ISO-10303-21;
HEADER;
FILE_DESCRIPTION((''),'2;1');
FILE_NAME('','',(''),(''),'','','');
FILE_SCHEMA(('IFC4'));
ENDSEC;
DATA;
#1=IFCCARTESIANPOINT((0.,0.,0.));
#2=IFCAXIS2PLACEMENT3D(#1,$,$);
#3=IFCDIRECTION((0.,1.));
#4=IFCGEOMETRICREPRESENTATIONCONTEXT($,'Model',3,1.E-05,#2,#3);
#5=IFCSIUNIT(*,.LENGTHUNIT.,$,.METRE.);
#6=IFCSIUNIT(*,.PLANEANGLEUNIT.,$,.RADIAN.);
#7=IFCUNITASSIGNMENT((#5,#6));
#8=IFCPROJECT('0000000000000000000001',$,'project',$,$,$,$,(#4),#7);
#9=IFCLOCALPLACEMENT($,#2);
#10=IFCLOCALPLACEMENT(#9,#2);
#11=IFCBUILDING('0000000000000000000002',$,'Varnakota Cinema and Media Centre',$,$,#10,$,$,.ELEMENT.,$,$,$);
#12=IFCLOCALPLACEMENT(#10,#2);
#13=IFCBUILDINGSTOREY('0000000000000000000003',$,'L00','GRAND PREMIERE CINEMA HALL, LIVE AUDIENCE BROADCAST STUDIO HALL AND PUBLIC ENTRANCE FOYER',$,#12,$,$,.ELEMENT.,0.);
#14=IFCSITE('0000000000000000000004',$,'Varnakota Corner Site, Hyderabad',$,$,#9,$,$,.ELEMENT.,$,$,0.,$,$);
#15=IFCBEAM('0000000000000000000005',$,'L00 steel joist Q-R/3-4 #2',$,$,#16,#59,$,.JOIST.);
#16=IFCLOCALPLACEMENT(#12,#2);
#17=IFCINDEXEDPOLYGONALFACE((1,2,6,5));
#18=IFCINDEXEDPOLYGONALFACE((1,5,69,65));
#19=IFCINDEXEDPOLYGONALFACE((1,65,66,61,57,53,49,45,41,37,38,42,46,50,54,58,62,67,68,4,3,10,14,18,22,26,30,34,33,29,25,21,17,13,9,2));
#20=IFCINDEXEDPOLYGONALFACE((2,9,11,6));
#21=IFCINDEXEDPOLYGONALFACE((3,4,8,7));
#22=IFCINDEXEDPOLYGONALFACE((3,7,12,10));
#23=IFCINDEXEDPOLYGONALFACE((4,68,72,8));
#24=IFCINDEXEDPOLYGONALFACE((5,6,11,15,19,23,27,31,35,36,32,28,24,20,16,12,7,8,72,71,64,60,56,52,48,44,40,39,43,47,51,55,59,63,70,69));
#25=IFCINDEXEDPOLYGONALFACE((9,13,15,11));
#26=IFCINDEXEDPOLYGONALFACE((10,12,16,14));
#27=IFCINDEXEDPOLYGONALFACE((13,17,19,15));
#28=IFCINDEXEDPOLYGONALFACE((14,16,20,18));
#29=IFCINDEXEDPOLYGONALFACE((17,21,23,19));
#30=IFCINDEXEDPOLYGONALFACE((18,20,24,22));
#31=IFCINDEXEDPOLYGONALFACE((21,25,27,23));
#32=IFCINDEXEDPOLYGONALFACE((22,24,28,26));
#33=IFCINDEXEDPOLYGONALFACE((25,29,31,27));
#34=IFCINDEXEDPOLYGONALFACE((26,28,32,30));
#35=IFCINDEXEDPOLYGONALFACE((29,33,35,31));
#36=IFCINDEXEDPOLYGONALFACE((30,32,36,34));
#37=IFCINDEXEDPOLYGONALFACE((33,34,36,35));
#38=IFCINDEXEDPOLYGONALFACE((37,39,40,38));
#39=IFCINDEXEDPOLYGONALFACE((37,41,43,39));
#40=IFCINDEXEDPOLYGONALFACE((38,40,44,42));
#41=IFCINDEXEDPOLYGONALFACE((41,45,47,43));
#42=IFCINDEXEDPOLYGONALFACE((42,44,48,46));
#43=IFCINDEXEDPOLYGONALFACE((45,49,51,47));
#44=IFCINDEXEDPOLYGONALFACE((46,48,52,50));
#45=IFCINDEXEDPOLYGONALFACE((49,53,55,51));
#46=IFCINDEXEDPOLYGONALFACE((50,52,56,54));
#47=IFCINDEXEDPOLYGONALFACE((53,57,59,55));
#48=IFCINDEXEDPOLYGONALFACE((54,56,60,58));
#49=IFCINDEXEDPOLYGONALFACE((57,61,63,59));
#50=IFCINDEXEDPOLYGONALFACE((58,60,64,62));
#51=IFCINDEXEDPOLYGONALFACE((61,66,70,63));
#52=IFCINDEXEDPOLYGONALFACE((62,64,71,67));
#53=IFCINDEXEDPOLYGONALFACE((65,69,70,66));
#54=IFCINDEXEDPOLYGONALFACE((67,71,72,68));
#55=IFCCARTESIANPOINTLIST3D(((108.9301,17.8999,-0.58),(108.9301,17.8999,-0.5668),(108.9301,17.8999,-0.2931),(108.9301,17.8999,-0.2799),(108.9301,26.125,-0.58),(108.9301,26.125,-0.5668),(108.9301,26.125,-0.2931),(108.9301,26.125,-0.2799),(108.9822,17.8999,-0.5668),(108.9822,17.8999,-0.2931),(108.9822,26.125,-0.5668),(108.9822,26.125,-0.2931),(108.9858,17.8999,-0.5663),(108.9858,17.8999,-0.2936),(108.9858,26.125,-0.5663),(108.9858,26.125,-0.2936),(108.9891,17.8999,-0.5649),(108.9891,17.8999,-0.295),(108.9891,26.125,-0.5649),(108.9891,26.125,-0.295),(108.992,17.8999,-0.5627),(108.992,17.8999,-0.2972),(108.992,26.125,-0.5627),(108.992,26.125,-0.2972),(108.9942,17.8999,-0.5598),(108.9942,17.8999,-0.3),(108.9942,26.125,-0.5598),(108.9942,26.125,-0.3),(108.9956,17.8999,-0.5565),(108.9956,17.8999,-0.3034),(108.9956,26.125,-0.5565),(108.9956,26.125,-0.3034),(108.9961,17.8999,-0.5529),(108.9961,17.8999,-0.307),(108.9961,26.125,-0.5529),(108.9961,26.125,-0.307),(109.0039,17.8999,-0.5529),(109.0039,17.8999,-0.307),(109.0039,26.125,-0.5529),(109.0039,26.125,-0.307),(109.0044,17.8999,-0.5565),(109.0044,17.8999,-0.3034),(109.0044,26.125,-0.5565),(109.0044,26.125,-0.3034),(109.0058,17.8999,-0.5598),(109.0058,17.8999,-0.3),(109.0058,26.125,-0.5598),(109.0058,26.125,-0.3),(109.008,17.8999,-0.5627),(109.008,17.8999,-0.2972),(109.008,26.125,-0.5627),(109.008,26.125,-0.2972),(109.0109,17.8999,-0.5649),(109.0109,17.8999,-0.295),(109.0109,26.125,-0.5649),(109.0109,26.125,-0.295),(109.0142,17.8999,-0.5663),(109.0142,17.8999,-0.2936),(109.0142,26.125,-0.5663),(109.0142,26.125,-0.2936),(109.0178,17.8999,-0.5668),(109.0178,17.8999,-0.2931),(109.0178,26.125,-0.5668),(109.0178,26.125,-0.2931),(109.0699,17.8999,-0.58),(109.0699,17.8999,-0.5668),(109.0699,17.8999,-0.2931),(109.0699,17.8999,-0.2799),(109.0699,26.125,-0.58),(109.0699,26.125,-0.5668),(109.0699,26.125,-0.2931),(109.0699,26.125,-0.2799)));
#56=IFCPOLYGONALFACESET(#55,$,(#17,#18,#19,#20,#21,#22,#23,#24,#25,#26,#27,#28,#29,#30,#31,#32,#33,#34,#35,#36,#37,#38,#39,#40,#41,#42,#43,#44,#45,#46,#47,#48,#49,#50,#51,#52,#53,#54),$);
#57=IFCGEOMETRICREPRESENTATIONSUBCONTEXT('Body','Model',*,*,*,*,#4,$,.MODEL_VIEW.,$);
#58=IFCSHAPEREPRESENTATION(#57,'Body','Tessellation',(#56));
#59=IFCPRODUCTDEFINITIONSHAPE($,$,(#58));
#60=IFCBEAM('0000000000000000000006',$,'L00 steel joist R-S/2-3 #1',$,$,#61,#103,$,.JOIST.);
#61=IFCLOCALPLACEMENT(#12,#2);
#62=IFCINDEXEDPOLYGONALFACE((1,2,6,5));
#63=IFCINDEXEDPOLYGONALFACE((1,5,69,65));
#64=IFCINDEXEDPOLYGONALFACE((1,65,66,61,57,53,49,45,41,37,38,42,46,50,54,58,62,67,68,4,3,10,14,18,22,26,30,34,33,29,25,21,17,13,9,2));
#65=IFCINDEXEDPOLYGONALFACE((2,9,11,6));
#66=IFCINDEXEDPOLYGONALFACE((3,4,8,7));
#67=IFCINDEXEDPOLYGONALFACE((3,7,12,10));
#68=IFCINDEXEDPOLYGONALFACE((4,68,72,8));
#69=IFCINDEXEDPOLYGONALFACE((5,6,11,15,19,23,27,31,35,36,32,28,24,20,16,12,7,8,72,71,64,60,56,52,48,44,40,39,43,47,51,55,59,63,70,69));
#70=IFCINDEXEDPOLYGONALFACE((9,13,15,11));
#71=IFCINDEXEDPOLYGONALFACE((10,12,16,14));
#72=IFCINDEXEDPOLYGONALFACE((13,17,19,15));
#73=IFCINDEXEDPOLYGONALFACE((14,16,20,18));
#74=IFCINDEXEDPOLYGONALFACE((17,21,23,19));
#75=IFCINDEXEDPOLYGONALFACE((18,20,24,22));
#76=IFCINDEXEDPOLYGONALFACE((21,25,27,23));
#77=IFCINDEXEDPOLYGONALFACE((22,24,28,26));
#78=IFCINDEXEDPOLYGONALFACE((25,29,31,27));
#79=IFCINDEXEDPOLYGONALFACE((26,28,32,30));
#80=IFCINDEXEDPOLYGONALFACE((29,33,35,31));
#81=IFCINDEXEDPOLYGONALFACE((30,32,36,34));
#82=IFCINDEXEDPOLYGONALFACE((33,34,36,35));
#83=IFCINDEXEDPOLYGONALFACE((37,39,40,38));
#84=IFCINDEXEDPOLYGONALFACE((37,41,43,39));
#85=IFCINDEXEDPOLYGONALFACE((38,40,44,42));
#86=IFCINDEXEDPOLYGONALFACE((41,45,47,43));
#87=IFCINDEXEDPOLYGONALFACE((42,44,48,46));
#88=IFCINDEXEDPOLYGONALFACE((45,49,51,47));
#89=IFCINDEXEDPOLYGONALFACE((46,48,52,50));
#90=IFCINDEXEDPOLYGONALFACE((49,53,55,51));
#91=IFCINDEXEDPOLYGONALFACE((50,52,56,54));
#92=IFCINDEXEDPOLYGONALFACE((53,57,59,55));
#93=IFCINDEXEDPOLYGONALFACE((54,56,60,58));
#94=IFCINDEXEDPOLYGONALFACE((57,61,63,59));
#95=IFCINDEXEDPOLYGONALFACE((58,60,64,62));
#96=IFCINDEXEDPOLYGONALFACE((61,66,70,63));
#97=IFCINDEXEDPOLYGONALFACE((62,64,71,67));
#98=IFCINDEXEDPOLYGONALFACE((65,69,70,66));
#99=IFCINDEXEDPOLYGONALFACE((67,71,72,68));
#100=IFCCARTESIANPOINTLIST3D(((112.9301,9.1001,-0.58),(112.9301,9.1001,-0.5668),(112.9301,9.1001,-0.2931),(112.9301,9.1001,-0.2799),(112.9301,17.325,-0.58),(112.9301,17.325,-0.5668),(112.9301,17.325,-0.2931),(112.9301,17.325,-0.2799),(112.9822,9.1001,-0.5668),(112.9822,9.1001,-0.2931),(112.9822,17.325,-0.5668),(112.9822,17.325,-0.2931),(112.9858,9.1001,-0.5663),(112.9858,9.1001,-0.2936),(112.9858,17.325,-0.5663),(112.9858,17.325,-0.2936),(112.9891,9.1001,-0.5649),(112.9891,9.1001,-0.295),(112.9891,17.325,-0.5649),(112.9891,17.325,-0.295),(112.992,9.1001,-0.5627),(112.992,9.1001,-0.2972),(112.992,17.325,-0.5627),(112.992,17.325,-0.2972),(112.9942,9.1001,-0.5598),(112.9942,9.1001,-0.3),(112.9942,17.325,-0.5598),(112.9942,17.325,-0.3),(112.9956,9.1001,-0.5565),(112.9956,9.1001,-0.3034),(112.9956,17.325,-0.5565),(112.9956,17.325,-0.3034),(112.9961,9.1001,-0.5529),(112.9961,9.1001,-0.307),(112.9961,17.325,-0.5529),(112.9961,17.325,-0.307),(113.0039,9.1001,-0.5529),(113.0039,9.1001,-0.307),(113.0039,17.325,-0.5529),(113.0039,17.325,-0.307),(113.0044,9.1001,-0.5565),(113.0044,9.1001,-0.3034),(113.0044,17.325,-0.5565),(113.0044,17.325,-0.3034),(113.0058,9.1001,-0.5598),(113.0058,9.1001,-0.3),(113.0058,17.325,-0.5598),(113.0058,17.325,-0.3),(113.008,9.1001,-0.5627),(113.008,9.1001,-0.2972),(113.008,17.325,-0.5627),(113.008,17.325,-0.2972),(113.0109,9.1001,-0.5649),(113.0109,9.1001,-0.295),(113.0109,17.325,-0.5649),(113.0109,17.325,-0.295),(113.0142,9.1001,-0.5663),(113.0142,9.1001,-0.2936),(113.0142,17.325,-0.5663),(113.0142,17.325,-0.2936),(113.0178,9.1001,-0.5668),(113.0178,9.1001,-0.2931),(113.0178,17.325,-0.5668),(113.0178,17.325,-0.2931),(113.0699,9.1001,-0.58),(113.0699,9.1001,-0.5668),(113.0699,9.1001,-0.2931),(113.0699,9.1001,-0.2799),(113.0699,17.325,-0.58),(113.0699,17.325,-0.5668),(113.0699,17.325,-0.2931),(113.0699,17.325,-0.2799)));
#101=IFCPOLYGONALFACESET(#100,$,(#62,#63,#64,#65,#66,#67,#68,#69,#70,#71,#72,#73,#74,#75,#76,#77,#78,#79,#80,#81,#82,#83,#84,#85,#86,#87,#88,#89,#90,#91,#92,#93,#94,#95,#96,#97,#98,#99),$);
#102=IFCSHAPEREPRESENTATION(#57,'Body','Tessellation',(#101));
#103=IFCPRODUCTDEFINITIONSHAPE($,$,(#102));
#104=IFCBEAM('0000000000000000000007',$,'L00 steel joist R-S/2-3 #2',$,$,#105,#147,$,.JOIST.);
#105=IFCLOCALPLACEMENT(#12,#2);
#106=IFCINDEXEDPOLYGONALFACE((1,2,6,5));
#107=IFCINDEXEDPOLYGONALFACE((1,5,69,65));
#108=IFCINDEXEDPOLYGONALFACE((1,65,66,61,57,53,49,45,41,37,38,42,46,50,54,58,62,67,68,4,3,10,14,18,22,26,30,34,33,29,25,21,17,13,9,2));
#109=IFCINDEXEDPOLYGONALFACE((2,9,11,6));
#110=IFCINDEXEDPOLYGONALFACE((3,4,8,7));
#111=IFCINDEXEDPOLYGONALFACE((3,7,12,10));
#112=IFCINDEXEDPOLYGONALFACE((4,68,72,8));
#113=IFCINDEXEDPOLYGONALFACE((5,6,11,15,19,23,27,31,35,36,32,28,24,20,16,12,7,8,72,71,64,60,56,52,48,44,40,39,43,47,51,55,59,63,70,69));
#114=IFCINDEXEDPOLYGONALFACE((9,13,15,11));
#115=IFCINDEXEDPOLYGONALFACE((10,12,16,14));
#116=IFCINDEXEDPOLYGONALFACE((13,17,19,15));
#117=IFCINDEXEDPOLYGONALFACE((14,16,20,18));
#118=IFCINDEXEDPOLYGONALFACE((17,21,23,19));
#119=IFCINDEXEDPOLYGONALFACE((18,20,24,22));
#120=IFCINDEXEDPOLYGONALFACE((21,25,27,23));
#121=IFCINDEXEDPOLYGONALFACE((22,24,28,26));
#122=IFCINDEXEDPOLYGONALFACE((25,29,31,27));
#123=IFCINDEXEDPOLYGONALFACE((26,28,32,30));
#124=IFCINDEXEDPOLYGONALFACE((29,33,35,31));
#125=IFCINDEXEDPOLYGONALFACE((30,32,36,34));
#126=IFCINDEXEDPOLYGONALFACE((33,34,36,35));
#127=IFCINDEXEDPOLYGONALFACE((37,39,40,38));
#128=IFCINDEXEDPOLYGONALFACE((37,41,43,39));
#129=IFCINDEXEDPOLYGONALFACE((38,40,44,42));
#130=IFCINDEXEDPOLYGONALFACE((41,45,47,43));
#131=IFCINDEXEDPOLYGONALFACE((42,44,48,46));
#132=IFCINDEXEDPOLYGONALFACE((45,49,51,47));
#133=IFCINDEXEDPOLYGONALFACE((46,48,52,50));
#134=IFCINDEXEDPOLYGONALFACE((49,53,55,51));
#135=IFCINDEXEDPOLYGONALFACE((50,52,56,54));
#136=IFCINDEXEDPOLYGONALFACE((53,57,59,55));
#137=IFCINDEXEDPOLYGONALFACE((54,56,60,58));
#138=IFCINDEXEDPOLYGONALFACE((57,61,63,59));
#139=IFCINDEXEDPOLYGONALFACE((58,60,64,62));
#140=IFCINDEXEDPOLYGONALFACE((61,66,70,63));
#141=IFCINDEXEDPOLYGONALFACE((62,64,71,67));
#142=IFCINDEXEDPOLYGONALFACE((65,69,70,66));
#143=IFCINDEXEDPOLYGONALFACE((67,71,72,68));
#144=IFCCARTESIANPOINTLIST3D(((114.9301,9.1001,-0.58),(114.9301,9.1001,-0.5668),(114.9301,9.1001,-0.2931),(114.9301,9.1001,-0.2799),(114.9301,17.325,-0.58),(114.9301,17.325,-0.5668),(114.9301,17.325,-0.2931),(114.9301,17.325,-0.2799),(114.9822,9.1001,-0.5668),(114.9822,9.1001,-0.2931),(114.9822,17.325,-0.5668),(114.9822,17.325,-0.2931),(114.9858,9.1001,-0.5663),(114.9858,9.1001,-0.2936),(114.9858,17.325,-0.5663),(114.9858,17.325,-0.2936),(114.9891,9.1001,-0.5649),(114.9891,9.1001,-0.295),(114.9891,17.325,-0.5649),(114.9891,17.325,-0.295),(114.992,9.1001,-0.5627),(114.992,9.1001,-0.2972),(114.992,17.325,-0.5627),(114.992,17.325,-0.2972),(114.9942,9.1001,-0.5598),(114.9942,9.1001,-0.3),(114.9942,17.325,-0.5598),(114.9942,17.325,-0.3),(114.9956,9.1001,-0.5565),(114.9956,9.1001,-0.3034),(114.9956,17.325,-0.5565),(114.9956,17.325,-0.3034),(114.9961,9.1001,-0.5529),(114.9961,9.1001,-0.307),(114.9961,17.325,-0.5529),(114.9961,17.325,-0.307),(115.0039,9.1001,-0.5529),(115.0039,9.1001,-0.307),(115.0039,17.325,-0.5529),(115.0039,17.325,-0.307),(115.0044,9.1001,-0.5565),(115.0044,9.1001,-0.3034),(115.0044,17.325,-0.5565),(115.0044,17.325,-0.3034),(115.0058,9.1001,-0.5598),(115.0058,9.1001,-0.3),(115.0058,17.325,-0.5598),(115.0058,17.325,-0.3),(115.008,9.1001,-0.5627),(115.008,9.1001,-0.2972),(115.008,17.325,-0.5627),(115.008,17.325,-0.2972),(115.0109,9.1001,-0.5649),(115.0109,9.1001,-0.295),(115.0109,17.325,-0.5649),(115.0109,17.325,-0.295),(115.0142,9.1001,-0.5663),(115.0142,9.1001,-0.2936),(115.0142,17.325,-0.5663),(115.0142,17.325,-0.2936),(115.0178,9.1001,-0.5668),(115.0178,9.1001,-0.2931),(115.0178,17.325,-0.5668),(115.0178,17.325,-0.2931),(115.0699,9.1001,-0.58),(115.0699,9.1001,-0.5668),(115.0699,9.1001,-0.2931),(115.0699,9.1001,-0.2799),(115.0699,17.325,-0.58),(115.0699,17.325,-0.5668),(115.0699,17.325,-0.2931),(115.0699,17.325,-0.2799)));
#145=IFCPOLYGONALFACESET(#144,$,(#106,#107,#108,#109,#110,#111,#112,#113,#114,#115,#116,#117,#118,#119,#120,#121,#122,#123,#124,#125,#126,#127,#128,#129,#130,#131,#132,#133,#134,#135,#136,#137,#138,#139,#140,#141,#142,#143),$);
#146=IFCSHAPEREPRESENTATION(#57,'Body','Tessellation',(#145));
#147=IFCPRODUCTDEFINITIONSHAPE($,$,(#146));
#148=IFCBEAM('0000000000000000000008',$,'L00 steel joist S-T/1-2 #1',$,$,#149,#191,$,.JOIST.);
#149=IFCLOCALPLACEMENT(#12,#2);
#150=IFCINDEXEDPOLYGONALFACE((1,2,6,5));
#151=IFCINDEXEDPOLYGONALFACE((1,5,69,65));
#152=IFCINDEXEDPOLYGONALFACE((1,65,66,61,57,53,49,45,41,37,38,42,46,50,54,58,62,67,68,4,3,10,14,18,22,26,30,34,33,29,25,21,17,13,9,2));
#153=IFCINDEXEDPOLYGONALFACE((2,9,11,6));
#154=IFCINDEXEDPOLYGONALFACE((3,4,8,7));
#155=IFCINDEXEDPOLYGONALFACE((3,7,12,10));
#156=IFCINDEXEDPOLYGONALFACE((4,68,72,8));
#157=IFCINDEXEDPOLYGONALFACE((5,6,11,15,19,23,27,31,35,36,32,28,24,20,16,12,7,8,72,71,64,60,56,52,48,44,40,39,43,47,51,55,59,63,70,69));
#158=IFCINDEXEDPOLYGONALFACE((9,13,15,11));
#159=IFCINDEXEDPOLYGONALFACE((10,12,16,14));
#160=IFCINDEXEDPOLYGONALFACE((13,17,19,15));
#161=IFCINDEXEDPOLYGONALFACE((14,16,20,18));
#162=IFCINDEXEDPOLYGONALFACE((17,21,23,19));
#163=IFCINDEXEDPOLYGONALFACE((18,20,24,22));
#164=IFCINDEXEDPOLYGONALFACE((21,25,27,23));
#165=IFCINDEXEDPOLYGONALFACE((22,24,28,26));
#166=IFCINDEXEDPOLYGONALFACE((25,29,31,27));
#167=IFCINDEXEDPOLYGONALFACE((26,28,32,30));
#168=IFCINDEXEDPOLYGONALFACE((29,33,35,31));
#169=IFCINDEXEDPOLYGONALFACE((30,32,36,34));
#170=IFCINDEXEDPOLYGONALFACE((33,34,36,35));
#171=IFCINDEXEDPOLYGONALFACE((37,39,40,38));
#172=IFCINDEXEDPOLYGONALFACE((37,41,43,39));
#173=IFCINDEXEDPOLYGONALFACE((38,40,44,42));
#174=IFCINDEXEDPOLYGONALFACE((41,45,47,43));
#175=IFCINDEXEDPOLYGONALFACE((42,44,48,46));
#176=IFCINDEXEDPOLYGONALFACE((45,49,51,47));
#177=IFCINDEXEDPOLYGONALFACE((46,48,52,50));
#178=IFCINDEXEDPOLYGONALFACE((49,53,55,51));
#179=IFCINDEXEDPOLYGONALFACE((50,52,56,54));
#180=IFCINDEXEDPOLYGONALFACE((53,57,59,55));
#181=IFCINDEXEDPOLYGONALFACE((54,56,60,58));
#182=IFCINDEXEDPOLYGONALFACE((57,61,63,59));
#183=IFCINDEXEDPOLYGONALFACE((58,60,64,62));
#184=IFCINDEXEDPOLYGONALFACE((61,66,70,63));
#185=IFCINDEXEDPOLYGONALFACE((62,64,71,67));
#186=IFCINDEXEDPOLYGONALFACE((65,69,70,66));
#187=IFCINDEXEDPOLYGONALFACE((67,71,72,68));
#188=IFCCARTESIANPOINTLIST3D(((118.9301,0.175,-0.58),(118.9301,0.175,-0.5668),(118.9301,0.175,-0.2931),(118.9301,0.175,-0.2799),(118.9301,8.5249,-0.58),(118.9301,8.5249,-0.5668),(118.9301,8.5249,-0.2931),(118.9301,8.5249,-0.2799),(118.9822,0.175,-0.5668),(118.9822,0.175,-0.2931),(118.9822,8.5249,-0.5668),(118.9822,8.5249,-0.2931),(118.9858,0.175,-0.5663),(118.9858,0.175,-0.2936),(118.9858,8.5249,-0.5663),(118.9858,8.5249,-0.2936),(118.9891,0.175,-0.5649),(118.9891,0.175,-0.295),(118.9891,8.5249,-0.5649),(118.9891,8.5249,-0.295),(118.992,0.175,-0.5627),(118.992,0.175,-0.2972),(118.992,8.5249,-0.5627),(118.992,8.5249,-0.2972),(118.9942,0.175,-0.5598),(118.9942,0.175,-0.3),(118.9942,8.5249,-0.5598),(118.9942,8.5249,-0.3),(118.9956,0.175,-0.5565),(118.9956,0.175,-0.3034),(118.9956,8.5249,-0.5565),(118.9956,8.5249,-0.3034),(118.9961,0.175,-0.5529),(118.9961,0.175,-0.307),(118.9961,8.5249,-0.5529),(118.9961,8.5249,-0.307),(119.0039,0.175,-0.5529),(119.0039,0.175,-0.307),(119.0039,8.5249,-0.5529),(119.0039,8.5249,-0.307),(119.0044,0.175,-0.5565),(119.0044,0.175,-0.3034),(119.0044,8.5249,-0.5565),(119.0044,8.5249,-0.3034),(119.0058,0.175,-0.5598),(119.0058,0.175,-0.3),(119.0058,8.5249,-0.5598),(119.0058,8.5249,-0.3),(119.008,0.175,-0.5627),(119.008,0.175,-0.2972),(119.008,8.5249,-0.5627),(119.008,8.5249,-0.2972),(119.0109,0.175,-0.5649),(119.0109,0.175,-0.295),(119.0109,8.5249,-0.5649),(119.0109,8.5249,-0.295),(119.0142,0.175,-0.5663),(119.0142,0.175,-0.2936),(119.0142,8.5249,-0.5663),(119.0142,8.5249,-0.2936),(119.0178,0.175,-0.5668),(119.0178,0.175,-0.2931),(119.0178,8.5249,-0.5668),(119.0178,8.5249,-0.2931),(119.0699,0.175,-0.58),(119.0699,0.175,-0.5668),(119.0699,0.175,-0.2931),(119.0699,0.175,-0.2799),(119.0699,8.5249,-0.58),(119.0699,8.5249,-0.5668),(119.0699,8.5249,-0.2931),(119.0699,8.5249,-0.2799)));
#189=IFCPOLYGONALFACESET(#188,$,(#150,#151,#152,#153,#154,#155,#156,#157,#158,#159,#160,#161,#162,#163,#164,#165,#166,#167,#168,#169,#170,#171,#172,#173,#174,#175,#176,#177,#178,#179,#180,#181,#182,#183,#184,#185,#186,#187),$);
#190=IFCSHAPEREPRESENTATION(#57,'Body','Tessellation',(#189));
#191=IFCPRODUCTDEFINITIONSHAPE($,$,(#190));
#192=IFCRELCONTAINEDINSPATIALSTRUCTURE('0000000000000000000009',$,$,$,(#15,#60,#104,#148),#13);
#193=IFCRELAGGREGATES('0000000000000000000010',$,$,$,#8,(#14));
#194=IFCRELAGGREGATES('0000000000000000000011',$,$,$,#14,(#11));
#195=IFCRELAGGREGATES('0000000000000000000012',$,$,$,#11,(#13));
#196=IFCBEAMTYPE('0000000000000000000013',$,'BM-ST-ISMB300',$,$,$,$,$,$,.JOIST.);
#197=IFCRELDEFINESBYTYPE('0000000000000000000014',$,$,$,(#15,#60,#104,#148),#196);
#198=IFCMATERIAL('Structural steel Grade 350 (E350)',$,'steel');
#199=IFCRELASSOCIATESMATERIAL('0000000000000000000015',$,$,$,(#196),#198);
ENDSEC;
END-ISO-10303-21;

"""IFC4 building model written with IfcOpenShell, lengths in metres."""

from ifc_helpers import new_model, si_unit, direction, frame, origin, origin_2d, place, context, subcontext, project, spatial, i_section, extrude, material, material_profile, profile_set, type_object, element, save


model = new_model("IFC4")

# Units and contexts
model_context = context("Model", 3, precision=1e-05, world=origin(), true_north=direction((0.0, 1.0)))
body_context = subcontext(model_context, "Body", "Model", "MODEL_VIEW")
ifc_project = project(units=[si_unit("LENGTHUNIT", "METRE"), si_unit("PLANEANGLEUNIT", "RADIAN")], contexts=[model_context])

# Site, building, storey
site_placement = place(None, origin())
site = spatial("IfcSite", under=ifc_project, at=site_placement, Name="Varnakota Corner Site, Hyderabad", CompositionType="ELEMENT", RefElevation=0.0)
building_placement = place(site_placement, origin())
building = spatial("IfcBuilding", under=site, at=building_placement, Name="Varnakota Cinema and Media Centre", CompositionType="ELEMENT")
storey_placement = place(building_placement, origin())
storey = spatial("IfcBuildingStorey", under=building, at=storey_placement, Name="L00", Description="GRAND PREMIERE CINEMA HALL, LIVE AUDIENCE BROADCAST STUDIO HALL AND PUBLIC ENTRANCE FOYER", CompositionType="ELEMENT", Elevation=0.0)

# Beams
ifc_material_1 = material(Name="Structural steel Grade 350 (E350)", Category="steel")
ifc_material_profile_1 = material_profile(ifc_material_1, i_section(OverallWidth=0.1399, OverallDepth=0.3, WebThickness=0.0078, FlangeThickness=0.0132, FilletRadius=0.0139, at=origin_2d()), Name="ISMB 300")
ifc_profile_set_1 = profile_set([ifc_material_profile_1], Name="Structural steel Grade 350 (E350)")
beam_type_1 = type_object("IfcBeamType", Name="BM-ST-ISMB300", PredefinedType="JOIST", material=ifc_profile_set_1)
beam_1_placement = place(storey_placement, frame((109.0, 17.8999, -0.4299), z_axis=(0.0, 1.0, 0.0), x_axis=(-1.0, 0.0, 0.0)))
element("IfcBeam", 1, at=beam_1_placement, inside=storey, type_object=beam_type_1, Name="L00 steel joist Q-R/3-4 #2", PredefinedType="JOIST", context=body_context, shape_type="SweptSolid", body=[
    extrude(i_section(OverallWidth=0.1399, OverallDepth=0.3, WebThickness=0.0078, FlangeThickness=0.0132, FilletRadius=0.0139, at=origin_2d()), origin(), (0.0, 0.0, 1.0), 8.2251),
])
for number, where, z_axis, x_axis, name in (
    (2, (113.0, 9.1001, -0.4299), (0.0, 1.0, 0.0), (-1.0, 0.0, 0.0), "L00 steel joist R-S/2-3 #1"),
    (3, (115.0, 9.1001, -0.4299), (0.0, 1.0, 0.0), (-1.0, 0.0, 0.0), "L00 steel joist R-S/2-3 #2"),
):
    element("IfcBeam", number, at=place(storey_placement, frame(where, z_axis=z_axis, x_axis=x_axis)), inside=storey, type_object=beam_type_1, Name=name, PredefinedType="JOIST", context=body_context, shape_type="SweptSolid", body=[
        extrude(i_section(OverallWidth=0.1399, OverallDepth=0.3, WebThickness=0.0078, FlangeThickness=0.0132, FilletRadius=0.0139, at=origin_2d()), origin(), (0.0, 0.0, 1.0), 8.2249),
    ])
beam_2_placement = place(storey_placement, frame((119.0, 0.175, -0.4299), z_axis=(0.0, 1.0, 0.0), x_axis=(-1.0, 0.0, 0.0)))
element("IfcBeam", 4, at=beam_2_placement, inside=storey, type_object=beam_type_1, Name="L00 steel joist S-T/1-2 #1", PredefinedType="JOIST", context=body_context, shape_type="SweptSolid", body=[
    extrude(i_section(OverallWidth=0.1399, OverallDepth=0.3, WebThickness=0.0078, FlangeThickness=0.0132, FilletRadius=0.0139, at=origin_2d()), origin(), (0.0, 0.0, 1.0), 8.3499),
])

save(model, "model.ifc")
